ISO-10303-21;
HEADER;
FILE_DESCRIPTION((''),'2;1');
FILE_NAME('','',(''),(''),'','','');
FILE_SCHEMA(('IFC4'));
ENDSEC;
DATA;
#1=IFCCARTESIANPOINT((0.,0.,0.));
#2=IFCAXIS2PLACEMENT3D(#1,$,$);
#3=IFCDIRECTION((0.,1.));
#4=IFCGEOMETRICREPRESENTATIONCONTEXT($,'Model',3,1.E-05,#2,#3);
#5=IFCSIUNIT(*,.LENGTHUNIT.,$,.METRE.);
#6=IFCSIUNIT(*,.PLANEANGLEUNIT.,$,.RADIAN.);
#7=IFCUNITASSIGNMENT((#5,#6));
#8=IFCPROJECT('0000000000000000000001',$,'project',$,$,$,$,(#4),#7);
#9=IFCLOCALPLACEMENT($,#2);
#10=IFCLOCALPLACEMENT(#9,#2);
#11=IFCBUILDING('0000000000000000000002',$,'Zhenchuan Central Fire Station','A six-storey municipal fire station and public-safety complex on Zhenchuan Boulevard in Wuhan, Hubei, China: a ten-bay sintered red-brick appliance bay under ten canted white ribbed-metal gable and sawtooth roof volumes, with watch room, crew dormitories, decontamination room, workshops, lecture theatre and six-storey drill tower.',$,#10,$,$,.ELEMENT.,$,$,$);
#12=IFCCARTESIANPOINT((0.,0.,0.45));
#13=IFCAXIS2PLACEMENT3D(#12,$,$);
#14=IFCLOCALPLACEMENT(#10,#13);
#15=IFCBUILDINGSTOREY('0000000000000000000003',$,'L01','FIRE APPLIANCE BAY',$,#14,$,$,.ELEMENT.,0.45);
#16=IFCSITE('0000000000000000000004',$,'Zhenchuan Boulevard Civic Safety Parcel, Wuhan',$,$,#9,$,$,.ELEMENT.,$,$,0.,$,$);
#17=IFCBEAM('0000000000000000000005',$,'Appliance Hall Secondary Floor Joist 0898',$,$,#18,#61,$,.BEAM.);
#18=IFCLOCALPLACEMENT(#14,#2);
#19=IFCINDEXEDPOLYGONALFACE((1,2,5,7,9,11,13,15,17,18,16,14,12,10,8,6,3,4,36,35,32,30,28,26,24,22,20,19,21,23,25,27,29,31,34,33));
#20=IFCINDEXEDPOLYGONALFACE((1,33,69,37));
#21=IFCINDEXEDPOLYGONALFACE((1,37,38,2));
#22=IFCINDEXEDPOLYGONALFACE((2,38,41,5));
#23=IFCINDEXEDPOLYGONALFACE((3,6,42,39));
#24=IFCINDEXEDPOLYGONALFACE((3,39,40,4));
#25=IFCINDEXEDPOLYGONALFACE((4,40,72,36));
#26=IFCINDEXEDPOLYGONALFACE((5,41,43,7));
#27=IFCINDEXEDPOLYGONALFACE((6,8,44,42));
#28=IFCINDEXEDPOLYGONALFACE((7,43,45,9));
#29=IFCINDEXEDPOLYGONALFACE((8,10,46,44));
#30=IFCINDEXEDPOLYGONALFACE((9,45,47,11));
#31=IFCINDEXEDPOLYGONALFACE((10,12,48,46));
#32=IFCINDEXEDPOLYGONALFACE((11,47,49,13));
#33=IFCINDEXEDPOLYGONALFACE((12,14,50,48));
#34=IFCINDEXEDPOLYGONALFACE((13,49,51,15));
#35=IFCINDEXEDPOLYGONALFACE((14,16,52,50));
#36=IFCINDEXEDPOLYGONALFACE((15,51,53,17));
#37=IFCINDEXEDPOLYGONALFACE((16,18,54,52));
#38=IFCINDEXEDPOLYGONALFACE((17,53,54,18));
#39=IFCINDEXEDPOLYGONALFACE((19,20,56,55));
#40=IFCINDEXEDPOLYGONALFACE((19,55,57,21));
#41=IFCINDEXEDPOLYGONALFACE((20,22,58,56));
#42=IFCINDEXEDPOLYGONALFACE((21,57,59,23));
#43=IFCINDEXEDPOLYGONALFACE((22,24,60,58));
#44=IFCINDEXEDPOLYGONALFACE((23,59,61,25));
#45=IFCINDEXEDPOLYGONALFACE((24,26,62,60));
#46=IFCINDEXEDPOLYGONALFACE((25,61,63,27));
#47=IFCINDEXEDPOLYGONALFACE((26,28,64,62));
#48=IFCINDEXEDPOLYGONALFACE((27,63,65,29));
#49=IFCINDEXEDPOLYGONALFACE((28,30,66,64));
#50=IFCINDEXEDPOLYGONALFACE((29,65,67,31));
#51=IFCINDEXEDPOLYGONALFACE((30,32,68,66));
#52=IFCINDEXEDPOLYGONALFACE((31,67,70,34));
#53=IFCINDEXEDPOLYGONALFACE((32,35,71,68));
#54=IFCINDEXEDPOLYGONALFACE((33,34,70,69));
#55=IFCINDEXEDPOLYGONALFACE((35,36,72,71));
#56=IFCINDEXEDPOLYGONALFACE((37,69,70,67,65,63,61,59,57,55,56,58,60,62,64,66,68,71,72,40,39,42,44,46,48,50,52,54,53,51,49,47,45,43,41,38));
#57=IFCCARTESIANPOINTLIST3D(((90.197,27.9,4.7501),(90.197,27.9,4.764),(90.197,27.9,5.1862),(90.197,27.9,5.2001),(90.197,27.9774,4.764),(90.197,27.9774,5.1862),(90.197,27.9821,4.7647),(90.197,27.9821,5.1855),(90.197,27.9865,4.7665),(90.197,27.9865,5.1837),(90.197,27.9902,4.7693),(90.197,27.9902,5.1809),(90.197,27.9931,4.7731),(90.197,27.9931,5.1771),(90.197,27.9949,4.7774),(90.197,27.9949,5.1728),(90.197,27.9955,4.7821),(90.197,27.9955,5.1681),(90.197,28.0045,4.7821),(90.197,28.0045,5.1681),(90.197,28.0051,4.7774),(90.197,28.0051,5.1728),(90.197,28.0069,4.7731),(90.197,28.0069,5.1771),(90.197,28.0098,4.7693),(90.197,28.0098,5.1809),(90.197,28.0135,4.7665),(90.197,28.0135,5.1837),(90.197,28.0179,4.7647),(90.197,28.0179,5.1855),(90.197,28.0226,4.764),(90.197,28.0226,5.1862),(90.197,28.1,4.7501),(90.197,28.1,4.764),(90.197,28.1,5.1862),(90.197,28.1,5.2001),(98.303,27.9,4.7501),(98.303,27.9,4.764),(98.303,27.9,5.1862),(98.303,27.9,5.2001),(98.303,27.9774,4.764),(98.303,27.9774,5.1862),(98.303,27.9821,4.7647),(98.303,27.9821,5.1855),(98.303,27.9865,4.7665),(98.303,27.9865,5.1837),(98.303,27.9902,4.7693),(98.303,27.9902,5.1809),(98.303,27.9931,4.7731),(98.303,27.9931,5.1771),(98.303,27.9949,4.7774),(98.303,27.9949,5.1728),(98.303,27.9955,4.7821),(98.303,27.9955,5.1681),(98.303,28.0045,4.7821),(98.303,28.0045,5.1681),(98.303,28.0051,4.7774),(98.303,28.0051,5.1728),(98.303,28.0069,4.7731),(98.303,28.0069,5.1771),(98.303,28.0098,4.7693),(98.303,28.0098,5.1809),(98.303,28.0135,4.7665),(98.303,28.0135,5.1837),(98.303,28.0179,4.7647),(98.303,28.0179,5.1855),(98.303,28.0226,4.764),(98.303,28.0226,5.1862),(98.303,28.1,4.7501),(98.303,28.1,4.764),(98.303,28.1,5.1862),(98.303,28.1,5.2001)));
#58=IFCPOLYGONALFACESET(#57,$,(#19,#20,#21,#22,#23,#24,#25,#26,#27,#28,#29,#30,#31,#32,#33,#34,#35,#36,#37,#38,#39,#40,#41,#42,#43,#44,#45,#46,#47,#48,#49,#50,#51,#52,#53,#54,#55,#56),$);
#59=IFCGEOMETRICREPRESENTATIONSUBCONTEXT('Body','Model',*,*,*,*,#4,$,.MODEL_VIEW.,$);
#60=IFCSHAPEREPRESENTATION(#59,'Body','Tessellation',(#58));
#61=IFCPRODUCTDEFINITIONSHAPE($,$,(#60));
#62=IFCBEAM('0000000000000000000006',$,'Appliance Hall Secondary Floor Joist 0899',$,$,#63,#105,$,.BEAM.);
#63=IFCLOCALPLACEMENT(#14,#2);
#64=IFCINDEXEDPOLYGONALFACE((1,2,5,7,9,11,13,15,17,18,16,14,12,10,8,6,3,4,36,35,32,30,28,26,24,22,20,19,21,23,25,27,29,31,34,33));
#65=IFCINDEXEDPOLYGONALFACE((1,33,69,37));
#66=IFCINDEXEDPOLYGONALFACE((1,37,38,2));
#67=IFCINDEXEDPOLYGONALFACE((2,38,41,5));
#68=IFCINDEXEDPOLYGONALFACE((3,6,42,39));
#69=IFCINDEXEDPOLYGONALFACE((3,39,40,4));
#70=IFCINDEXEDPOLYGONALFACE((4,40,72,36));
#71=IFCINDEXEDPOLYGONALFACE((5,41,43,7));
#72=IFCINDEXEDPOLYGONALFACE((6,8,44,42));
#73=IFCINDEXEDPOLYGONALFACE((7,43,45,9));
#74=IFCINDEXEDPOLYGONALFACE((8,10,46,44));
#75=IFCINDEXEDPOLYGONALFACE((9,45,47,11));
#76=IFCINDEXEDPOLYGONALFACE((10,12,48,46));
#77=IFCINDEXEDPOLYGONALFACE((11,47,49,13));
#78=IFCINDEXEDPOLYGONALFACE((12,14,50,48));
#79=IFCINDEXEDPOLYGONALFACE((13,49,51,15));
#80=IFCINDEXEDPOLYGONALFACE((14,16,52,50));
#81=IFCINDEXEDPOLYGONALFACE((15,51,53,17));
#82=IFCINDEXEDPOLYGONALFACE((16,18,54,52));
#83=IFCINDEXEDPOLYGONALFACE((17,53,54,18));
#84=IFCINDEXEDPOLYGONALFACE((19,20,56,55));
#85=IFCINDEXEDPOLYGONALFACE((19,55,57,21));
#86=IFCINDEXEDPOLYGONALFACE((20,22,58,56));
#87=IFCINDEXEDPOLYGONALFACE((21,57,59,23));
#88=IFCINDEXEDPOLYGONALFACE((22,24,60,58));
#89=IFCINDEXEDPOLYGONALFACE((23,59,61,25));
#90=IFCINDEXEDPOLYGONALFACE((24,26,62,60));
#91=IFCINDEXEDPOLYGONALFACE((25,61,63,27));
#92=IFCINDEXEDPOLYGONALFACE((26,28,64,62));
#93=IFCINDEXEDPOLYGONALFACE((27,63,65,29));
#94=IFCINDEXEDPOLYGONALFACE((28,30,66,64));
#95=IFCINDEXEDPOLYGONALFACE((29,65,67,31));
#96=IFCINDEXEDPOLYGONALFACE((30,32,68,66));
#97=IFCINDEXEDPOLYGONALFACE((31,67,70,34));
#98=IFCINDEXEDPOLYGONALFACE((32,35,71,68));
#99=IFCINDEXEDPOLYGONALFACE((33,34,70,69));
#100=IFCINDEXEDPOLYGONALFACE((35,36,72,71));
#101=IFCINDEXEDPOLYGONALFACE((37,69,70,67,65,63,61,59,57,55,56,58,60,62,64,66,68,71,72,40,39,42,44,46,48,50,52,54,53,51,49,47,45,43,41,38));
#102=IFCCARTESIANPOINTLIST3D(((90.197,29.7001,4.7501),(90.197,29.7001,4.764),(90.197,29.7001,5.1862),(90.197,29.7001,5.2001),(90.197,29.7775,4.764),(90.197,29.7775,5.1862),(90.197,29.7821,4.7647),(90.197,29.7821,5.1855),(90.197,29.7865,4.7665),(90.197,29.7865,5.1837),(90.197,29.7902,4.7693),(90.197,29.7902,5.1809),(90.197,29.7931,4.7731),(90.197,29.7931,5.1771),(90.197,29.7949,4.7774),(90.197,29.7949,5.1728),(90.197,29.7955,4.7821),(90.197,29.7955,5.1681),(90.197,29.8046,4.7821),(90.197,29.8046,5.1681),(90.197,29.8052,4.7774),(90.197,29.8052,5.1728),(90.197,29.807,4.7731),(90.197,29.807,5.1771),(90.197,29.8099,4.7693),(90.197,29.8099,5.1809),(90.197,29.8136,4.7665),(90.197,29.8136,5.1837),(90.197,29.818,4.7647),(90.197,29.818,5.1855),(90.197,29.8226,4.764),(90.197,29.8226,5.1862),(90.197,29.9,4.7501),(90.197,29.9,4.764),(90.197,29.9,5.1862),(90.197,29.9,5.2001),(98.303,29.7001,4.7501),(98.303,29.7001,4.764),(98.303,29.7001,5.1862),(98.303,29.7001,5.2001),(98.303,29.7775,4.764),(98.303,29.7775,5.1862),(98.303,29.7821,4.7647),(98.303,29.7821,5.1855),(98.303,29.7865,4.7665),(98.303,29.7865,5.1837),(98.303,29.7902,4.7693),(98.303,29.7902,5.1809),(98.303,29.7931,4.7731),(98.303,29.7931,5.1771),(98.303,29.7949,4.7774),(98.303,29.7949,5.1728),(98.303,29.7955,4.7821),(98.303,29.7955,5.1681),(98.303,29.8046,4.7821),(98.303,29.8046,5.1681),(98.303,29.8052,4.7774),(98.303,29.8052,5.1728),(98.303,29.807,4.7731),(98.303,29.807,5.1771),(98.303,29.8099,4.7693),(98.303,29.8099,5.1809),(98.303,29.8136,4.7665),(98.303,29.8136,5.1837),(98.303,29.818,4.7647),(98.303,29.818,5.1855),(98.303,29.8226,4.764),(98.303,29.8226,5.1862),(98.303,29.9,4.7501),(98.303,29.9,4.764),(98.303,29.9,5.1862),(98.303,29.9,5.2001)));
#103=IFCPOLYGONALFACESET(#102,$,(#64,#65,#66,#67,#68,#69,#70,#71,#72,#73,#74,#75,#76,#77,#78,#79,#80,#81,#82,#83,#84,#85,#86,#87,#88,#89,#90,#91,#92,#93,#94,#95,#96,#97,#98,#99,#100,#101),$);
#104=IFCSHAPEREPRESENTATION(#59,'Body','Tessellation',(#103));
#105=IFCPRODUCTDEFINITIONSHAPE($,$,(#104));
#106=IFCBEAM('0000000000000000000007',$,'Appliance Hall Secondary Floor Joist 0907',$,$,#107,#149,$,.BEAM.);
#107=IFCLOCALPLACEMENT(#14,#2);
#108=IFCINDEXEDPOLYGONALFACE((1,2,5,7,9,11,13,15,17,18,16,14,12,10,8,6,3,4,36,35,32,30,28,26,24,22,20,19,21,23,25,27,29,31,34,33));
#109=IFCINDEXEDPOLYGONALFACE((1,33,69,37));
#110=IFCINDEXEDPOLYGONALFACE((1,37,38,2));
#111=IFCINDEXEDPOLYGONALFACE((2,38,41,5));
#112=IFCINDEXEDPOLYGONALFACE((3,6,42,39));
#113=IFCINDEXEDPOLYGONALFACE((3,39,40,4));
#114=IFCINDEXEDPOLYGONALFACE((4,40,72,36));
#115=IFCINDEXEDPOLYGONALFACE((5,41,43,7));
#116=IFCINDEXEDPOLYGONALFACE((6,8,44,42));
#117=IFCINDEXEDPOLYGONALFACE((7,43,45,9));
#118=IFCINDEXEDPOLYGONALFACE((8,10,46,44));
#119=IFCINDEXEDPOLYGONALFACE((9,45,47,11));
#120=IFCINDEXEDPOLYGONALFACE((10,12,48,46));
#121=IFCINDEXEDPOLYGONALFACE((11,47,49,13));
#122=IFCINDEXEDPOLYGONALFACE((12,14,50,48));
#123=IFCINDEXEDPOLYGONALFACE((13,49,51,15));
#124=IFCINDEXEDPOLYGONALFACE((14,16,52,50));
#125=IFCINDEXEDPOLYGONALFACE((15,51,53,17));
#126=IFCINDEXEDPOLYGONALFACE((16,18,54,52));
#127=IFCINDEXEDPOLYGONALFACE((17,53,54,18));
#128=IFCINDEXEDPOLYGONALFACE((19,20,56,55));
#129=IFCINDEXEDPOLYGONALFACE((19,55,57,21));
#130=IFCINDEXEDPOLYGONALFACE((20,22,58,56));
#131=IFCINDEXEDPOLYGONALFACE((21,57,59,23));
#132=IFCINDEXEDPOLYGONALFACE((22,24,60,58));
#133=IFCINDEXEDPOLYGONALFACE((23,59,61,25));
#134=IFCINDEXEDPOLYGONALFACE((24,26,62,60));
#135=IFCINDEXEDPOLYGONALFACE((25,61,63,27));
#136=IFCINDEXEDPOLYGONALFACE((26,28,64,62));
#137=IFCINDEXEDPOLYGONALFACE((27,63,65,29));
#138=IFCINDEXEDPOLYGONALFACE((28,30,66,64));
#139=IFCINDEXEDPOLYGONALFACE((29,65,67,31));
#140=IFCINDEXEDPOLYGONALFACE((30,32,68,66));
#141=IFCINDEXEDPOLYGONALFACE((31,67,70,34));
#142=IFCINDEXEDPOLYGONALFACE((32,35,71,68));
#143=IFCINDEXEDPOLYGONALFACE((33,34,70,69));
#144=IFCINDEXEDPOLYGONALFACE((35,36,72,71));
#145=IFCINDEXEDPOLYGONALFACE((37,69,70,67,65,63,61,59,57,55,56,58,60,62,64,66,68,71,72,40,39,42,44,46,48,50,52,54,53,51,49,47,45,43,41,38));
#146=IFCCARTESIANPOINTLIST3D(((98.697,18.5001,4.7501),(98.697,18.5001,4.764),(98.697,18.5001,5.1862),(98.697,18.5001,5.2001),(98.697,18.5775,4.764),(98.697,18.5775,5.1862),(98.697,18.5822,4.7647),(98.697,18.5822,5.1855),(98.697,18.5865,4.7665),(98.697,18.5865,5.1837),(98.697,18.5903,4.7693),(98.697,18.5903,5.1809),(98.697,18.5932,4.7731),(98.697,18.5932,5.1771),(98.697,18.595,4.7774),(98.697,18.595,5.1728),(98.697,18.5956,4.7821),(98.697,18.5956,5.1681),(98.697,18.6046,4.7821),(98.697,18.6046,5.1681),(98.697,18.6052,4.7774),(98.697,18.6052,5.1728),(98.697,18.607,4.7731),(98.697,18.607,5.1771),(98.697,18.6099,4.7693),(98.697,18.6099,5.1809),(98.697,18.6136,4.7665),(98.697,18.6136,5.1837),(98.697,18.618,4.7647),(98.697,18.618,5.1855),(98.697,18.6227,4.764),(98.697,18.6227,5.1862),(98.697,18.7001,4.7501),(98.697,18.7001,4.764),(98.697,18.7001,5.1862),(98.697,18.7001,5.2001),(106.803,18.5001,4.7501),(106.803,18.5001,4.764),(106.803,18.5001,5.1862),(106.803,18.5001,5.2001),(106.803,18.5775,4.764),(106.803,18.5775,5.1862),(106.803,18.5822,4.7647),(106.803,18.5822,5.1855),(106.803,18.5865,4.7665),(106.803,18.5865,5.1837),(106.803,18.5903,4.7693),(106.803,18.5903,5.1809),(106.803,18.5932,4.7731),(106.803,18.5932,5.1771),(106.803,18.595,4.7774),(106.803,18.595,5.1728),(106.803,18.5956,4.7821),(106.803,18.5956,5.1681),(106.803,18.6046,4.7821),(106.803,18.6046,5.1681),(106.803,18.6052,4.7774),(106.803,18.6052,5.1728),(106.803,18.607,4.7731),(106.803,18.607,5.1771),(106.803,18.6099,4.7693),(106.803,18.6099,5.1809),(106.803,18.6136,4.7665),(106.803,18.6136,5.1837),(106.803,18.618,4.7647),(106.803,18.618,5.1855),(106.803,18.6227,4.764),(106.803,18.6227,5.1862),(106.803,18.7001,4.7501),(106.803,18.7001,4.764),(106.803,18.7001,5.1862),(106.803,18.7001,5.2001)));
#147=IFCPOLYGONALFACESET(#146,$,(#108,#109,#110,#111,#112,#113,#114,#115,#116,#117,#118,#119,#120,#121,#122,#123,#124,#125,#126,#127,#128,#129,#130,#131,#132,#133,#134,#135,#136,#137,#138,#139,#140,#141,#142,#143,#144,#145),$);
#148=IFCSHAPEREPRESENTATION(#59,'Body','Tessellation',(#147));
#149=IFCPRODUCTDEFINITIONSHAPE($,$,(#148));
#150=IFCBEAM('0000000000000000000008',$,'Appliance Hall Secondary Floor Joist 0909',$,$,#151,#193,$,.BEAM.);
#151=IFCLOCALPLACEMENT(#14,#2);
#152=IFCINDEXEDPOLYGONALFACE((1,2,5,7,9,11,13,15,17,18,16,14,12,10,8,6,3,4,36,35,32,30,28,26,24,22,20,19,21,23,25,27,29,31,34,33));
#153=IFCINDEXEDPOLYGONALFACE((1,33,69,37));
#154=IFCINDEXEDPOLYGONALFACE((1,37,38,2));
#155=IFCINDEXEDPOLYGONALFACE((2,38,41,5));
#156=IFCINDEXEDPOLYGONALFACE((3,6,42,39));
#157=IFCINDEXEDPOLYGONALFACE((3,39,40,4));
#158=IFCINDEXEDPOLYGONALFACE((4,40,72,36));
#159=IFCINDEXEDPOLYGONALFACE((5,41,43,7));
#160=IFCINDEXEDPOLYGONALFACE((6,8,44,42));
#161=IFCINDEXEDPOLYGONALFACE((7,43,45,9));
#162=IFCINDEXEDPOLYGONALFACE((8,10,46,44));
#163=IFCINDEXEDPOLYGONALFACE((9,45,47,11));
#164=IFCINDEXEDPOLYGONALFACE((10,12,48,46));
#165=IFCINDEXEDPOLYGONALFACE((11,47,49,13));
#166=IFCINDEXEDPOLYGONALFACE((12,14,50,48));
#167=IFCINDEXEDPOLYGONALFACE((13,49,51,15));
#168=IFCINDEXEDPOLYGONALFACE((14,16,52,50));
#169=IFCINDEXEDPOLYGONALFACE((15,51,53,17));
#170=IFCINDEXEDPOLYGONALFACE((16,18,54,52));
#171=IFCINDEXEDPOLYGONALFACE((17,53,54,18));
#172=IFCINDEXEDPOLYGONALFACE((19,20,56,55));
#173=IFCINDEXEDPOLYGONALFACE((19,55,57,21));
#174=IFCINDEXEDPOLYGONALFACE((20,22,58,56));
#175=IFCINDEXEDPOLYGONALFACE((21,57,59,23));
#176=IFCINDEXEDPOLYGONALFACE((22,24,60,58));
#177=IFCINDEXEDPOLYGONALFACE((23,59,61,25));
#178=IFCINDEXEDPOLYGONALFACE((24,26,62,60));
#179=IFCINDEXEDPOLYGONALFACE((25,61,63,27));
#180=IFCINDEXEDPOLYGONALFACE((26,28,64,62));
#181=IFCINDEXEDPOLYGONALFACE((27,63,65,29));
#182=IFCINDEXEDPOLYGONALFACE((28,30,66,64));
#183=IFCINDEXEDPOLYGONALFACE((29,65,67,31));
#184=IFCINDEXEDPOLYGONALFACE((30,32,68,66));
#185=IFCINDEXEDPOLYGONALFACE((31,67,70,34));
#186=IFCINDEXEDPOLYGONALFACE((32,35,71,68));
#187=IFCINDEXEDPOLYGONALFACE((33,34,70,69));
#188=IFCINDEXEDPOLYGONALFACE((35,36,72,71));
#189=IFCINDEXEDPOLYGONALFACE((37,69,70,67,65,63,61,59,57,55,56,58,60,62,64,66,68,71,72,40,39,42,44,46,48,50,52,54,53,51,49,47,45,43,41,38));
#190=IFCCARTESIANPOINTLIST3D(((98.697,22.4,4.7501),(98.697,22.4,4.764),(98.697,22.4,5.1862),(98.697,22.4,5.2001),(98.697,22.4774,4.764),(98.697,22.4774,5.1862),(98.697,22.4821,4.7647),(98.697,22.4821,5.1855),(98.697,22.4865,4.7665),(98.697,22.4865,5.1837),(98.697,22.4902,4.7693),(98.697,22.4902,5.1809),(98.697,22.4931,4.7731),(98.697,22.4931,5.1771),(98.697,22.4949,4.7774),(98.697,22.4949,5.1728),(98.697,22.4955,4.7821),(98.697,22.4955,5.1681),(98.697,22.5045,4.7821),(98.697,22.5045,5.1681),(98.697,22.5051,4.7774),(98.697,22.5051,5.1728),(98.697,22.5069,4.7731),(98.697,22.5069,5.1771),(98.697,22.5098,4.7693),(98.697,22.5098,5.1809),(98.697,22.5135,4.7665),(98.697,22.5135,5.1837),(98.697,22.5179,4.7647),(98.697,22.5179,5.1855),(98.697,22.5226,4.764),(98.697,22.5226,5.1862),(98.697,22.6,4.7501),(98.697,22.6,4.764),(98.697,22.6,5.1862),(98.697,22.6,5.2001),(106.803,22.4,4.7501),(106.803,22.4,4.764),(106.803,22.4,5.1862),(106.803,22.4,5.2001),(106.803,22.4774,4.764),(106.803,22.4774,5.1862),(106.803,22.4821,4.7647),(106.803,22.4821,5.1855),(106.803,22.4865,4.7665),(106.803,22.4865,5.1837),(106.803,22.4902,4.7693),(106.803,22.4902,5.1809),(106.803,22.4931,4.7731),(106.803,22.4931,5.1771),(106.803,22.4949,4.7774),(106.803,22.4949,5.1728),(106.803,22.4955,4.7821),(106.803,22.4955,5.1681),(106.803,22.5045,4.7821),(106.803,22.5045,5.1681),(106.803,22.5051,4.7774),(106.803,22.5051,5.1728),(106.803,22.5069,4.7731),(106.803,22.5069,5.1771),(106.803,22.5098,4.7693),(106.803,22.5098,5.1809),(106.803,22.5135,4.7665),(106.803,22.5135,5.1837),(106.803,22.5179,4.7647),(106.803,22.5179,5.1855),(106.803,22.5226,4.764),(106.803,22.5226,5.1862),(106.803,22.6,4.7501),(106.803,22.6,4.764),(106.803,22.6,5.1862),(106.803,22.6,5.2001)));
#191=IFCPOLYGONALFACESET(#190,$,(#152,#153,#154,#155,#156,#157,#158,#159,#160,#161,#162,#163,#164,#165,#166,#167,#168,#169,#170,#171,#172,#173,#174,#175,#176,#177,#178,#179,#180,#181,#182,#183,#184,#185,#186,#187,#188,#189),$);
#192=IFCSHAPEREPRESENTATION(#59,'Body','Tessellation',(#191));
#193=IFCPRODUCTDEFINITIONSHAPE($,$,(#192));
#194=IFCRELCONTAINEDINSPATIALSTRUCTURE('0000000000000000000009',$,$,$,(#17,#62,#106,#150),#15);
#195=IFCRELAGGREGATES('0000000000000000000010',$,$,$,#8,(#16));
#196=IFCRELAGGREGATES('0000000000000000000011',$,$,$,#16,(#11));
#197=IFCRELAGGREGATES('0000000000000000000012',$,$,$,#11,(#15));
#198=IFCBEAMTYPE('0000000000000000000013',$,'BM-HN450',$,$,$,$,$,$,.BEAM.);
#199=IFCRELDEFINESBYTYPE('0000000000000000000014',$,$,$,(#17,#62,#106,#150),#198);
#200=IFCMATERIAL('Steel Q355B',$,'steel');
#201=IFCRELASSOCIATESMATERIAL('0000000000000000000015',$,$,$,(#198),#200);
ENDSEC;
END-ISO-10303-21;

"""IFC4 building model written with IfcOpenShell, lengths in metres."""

from ifc_helpers import new_model, si_unit, direction, frame, origin, origin_2d, place, context, subcontext, project, spatial, i_section, extrude, material, material_profile, profile_set, type_object, element, save


model = new_model("IFC4")

# Units and contexts
model_context = context("Model", 3, precision=1e-05, world=origin(), true_north=direction((0.0, 1.0)))
body_context = subcontext(model_context, "Body", "Model", "MODEL_VIEW")
ifc_project = project(units=[si_unit("LENGTHUNIT", "METRE"), si_unit("PLANEANGLEUNIT", "RADIAN")], contexts=[model_context])

# Site, building, storey
site_placement = place(None, origin())
site = spatial("IfcSite", under=ifc_project, at=site_placement, Name="Zhenchuan Boulevard Civic Safety Parcel, Wuhan", CompositionType="ELEMENT", RefElevation=0.0)
building_placement = place(site_placement, origin())
building = spatial("IfcBuilding", under=site, at=building_placement, Name="Zhenchuan Central Fire Station", Description="A six-storey municipal fire station and public-safety complex on Zhenchuan Boulevard in Wuhan, Hubei, China: a ten-bay sintered red-brick appliance bay under ten canted white ribbed-metal gable and sawtooth roof volumes, with watch room, crew dormitories, decontamination room, workshops, lecture theatre and six-storey drill tower.", CompositionType="ELEMENT")
storey_placement = place(building_placement, frame((0.0, 0.0, 0.45)))
storey = spatial("IfcBuildingStorey", under=building, at=storey_placement, Name="L01", Description="FIRE APPLIANCE BAY", CompositionType="ELEMENT", Elevation=0.45)

# Beams
ifc_material = material(Name="Steel Q355B", Category="steel")
ifc_material_profile_1 = material_profile(ifc_material, i_section(OverallWidth=0.2, OverallDepth=0.45, WebThickness=0.009, FlangeThickness=0.0139, FilletRadius=0.0181, at=origin_2d()), Name="HN 450x200")
ifc_profile_set_1 = profile_set([ifc_material_profile_1], Name="Steel Q355B")
beam_type_1 = type_object("IfcBeamType", Name="BM-HN450", PredefinedType="BEAM", material=ifc_profile_set_1)
for number, where, z_axis, x_axis, name in (
    (1, (90.197, 28.0, 4.9751), (1.0, 0.0, 0.0), (0.0, 1.0, 0.0), "Appliance Hall Secondary Floor Joist 0898"),
    (2, (90.197, 29.8, 4.9751), (1.0, 0.0, 0.0), (0.0, 1.0, 0.0), "Appliance Hall Secondary Floor Joist 0899"),
    (3, (98.697, 18.6001, 4.9751), (1.0, 0.0, 0.0), (0.0, 1.0, 0.0), "Appliance Hall Secondary Floor Joist 0907"),
    (4, (98.697, 22.5, 4.9751), (1.0, 0.0, 0.0), (0.0, 1.0, 0.0), "Appliance Hall Secondary Floor Joist 0909"),
):
    element("IfcBeam", number, at=place(storey_placement, frame(where, z_axis=z_axis, x_axis=x_axis)), inside=storey, type_object=beam_type_1, Name=name, PredefinedType="BEAM", context=body_context, shape_type="SweptSolid", body=[
        extrude(i_section(OverallWidth=0.2, OverallDepth=0.45, WebThickness=0.009, FlangeThickness=0.0139, FilletRadius=0.0181, at=origin_2d()), origin(), (0.0, 0.0, 1.0), 8.106),
    ])

save(model, "model.ifc")
